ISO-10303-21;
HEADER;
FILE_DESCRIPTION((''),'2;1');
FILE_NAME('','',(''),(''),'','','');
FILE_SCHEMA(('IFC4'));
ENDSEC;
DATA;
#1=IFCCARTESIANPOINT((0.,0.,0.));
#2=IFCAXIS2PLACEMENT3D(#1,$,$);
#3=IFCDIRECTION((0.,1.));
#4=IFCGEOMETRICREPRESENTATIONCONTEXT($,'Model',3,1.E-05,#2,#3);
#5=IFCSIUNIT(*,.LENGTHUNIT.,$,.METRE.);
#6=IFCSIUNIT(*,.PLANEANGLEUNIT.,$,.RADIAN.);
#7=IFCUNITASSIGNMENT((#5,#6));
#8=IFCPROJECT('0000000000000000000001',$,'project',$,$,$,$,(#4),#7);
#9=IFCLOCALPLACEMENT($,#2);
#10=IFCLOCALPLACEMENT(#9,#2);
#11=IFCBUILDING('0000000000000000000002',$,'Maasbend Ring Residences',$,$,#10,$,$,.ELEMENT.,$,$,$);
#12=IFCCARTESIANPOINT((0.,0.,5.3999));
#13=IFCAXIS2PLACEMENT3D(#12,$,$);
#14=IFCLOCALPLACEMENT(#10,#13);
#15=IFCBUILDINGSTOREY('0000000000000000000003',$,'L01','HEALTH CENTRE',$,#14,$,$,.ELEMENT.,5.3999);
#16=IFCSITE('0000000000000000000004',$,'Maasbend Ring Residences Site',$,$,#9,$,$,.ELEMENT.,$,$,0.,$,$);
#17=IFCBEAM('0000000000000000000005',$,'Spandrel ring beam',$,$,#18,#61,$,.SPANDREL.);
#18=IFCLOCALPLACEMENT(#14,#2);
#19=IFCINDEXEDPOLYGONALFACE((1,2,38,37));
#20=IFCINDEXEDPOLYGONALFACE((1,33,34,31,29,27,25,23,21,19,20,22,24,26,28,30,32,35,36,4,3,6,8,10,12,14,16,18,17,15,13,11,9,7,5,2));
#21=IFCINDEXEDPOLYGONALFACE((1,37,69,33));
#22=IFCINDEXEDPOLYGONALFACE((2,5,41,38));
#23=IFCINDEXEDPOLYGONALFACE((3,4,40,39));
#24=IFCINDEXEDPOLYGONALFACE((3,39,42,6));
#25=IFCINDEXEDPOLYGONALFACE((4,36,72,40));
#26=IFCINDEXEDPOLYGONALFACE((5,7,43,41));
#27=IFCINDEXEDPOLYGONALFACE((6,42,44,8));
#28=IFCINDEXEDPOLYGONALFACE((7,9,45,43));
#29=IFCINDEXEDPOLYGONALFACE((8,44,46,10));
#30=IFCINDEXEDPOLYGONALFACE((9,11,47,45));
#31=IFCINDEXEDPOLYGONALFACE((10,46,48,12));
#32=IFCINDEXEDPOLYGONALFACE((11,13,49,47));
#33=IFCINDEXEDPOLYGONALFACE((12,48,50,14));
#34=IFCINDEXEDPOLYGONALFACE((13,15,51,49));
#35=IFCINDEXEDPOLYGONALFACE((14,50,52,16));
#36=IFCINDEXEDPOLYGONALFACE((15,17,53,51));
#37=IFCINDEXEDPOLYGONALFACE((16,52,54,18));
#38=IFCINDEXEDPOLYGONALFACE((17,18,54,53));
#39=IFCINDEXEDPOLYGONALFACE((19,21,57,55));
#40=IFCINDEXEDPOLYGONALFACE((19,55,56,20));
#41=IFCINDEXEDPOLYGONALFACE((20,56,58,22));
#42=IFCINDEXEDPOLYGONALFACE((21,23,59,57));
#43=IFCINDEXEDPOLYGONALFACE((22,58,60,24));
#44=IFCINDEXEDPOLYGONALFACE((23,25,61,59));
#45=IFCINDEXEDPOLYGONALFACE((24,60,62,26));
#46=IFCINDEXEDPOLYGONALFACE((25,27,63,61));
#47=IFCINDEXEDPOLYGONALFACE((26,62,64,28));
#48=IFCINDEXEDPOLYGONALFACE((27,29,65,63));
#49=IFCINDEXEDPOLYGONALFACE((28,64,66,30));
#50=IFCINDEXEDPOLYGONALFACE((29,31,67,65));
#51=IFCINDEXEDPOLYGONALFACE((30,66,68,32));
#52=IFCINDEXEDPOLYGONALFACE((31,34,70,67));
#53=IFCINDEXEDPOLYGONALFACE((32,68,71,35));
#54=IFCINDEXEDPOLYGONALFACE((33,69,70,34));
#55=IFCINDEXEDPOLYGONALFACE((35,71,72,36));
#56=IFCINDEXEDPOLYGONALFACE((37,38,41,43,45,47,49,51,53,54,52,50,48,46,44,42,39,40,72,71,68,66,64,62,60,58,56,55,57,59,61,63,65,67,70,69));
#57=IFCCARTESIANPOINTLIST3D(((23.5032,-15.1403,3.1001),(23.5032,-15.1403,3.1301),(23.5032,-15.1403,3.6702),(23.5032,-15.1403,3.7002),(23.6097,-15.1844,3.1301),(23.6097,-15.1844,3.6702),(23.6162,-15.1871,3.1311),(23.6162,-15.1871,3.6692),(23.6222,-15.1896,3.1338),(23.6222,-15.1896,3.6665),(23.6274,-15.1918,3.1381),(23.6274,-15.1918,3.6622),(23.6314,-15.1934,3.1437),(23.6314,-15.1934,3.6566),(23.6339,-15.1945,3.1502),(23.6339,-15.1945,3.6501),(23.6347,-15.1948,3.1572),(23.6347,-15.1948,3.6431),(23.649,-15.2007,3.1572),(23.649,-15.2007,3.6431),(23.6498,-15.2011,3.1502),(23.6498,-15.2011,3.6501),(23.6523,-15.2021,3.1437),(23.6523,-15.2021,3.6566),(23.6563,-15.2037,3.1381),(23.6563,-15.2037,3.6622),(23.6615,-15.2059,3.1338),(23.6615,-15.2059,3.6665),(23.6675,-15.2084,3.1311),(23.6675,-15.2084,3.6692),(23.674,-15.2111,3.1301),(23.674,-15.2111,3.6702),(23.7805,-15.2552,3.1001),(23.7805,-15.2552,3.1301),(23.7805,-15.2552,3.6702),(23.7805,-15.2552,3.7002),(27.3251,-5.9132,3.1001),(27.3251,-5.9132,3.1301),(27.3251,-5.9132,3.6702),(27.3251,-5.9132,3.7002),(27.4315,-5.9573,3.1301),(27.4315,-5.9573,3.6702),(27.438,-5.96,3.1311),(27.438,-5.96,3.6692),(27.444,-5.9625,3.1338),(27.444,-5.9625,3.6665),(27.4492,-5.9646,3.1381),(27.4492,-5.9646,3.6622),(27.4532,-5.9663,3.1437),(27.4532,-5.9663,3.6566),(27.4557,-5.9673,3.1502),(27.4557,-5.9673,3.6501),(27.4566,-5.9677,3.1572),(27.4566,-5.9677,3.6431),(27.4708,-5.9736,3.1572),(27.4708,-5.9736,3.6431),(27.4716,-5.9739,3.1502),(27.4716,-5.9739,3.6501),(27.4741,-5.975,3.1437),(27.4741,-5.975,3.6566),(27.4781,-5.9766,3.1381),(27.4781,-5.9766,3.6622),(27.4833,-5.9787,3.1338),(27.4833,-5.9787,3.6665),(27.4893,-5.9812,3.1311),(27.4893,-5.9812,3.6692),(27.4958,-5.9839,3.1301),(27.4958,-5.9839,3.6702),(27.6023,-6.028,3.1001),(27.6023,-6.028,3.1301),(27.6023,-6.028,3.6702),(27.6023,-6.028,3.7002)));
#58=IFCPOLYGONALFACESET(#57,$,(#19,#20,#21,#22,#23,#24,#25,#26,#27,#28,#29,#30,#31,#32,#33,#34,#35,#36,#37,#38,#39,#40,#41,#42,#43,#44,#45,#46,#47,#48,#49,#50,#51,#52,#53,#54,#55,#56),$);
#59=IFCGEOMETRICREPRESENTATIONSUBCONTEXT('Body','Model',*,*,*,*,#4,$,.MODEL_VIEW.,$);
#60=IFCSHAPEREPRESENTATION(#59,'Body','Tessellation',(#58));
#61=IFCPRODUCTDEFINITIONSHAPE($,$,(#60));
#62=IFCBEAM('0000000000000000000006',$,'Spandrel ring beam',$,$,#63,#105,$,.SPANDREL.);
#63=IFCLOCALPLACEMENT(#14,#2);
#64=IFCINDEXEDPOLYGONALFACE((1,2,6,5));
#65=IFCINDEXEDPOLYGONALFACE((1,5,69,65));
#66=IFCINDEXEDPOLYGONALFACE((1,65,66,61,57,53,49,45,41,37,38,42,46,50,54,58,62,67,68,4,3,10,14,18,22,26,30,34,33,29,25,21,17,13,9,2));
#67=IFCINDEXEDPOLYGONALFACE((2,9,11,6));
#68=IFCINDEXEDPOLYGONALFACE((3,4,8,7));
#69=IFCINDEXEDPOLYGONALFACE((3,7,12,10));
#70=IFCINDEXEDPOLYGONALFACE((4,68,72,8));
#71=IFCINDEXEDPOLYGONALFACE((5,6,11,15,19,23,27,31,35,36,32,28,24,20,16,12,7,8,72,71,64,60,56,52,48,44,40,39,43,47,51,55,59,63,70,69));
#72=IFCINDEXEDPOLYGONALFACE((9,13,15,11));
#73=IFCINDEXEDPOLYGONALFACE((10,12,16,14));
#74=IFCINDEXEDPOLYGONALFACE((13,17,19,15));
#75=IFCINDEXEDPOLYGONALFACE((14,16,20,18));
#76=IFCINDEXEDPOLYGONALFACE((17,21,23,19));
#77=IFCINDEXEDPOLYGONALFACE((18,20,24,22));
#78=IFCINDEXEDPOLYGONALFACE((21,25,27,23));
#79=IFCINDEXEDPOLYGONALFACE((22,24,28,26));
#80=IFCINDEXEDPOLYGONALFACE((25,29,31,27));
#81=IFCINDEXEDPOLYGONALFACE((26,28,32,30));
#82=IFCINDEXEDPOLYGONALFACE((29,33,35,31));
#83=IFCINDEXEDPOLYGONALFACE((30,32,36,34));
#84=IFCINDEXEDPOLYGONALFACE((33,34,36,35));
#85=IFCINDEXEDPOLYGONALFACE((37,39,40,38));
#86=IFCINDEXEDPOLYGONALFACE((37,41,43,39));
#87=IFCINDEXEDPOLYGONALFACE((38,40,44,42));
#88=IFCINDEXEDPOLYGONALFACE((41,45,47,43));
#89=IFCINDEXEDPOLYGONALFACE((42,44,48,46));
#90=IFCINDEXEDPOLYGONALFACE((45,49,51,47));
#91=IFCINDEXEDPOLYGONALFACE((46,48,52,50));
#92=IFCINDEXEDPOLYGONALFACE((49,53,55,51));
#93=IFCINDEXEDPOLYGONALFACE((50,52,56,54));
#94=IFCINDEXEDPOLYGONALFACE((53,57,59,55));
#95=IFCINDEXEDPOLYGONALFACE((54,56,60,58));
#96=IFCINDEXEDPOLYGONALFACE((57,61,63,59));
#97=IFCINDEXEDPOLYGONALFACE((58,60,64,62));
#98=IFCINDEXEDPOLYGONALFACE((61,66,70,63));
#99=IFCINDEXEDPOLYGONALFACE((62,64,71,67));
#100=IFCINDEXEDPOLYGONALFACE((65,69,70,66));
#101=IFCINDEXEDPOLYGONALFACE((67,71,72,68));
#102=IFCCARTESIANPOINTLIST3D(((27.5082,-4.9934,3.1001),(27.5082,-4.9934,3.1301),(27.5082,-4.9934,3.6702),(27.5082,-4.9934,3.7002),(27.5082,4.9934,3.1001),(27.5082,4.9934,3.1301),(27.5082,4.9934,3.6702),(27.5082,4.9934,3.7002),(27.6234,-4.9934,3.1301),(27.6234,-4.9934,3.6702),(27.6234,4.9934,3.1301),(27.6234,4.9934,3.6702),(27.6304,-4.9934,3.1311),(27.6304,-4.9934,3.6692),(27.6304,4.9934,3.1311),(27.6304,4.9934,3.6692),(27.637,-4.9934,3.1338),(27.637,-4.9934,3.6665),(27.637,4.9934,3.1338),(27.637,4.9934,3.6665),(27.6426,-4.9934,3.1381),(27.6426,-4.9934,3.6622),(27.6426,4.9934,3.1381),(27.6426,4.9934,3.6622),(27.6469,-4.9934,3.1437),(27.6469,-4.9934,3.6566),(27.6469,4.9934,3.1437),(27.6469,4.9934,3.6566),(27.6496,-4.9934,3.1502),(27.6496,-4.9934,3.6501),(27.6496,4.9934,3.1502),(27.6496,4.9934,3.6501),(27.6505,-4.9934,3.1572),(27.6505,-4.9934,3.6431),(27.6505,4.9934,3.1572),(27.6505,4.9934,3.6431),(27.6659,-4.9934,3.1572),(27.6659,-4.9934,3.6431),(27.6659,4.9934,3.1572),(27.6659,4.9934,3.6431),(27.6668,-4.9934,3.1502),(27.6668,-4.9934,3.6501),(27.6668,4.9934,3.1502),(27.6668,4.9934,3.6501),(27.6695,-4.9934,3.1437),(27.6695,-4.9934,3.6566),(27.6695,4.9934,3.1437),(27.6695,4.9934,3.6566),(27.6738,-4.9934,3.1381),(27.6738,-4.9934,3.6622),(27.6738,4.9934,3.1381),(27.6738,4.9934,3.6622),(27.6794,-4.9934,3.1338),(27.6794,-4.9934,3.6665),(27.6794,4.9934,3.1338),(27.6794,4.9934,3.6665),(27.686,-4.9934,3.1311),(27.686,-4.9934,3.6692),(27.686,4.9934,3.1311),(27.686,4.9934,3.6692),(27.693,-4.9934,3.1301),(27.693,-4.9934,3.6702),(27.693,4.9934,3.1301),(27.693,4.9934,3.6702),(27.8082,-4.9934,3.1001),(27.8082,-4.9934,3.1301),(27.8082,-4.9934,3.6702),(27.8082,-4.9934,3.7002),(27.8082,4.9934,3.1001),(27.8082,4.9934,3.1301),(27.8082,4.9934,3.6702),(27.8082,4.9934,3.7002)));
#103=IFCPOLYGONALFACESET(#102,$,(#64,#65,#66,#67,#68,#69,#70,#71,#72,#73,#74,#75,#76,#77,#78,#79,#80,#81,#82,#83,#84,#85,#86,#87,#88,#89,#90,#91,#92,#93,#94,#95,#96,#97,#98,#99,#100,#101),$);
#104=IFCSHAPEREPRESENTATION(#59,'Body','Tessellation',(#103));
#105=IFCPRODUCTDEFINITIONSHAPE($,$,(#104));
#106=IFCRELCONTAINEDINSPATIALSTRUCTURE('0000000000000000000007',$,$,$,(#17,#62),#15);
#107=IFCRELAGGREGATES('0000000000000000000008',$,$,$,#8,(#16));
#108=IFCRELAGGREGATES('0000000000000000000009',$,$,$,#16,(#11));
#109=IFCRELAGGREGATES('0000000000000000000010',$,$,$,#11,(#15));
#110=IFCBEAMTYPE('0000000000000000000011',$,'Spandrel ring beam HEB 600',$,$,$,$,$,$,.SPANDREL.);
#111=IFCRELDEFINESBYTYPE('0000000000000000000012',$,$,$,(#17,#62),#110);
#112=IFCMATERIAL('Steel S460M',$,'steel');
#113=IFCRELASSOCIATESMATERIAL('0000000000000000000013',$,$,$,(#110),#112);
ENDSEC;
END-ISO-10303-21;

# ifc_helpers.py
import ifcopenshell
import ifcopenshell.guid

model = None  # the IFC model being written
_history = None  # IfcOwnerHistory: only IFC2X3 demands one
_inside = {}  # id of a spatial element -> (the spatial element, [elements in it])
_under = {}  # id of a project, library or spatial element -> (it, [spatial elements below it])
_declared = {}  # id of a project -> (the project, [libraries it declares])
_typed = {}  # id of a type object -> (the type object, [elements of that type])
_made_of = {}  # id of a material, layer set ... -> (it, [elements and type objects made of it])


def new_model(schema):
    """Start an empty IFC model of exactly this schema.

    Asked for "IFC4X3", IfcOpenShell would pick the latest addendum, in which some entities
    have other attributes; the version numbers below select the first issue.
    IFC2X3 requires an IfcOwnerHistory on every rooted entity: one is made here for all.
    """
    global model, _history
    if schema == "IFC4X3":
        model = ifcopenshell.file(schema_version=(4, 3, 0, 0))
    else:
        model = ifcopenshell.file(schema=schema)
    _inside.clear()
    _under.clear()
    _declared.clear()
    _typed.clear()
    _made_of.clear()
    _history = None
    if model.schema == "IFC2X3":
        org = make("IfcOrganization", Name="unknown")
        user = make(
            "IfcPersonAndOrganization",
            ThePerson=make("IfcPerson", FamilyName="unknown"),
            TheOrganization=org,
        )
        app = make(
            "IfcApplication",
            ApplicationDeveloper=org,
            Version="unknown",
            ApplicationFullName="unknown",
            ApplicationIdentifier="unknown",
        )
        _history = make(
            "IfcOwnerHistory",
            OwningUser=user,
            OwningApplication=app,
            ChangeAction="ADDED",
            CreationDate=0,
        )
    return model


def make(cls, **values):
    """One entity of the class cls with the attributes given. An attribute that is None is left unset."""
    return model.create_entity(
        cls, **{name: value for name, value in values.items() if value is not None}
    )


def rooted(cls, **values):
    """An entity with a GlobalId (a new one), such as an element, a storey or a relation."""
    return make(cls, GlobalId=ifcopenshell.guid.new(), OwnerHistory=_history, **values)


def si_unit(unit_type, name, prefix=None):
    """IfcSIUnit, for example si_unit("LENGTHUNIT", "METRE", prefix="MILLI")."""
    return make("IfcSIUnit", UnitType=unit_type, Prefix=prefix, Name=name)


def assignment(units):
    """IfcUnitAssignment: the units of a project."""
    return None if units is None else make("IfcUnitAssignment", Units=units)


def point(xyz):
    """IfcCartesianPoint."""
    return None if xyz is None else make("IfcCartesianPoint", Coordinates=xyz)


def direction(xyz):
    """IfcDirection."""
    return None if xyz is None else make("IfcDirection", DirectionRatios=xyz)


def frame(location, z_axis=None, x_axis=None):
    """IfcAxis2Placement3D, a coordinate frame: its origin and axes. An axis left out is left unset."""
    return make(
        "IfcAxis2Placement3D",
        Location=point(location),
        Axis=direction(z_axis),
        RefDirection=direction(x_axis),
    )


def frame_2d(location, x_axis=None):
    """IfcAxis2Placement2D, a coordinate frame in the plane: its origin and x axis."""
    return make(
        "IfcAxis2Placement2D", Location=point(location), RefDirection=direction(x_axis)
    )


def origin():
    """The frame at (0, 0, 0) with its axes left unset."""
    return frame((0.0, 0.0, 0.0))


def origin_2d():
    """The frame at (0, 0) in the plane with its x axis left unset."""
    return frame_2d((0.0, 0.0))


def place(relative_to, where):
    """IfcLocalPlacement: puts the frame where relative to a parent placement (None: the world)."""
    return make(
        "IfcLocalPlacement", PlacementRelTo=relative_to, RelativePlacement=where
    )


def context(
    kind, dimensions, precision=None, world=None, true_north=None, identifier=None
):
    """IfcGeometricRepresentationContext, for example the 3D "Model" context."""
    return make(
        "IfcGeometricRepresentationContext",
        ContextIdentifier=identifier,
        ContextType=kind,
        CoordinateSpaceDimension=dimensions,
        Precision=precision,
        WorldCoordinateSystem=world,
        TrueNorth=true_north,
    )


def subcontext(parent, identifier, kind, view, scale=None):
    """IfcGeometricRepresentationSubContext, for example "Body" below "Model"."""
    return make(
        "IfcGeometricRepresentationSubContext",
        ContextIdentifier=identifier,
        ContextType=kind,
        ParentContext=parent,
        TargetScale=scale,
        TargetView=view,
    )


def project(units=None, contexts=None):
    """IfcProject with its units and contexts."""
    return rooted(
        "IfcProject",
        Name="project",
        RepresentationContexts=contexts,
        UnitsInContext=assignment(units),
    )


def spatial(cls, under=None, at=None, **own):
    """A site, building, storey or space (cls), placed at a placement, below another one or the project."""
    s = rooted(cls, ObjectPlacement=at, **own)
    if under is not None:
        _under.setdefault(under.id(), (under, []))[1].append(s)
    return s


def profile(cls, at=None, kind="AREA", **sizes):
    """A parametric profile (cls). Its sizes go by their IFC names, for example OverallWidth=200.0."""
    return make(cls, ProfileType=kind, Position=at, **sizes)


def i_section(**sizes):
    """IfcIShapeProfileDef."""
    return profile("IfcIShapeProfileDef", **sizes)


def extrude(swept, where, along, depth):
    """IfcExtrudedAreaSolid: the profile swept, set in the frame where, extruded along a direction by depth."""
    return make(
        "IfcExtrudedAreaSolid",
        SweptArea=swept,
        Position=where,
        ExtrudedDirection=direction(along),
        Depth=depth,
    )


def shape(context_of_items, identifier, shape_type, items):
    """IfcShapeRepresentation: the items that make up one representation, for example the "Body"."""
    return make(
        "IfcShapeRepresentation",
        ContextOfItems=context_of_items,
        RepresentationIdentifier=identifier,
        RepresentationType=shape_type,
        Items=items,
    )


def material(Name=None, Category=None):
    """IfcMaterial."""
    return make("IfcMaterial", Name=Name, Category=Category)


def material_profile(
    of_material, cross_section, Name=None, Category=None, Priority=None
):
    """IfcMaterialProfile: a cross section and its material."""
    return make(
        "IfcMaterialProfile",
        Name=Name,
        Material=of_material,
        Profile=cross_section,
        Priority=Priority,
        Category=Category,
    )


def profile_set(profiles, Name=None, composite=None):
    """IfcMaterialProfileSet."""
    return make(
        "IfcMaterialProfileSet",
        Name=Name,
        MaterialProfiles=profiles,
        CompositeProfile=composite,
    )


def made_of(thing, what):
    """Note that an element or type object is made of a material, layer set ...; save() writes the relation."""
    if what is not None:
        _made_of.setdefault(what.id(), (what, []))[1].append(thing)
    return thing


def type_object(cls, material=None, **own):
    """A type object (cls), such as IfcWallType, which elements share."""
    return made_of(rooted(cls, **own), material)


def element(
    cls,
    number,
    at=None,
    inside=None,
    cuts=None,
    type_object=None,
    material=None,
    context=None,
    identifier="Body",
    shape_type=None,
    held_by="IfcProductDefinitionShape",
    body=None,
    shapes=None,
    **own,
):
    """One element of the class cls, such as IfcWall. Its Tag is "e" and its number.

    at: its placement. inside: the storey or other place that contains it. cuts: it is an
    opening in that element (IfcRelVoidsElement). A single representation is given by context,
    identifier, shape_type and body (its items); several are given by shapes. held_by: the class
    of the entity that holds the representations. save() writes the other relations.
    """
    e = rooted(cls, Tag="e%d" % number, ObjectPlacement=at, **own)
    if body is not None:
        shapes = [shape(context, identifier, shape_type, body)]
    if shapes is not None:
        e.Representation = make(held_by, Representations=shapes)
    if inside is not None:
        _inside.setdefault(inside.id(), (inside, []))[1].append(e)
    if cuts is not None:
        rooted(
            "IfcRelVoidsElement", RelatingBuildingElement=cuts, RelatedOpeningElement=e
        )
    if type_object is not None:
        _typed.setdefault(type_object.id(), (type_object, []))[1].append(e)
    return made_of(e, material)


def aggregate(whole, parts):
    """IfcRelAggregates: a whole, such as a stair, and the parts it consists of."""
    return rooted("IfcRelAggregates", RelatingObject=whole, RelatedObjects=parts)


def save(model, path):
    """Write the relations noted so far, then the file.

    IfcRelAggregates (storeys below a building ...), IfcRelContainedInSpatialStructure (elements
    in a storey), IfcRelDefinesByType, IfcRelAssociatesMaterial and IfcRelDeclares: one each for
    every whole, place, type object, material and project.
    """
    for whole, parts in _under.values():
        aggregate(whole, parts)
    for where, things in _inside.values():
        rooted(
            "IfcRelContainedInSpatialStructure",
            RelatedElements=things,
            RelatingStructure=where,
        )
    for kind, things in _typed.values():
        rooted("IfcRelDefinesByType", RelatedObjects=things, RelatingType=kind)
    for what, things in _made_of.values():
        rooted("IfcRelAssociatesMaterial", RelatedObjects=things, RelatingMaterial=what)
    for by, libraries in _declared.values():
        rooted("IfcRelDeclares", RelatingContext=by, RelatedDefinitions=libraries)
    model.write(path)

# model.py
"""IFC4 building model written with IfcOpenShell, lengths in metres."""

from ifc_helpers import new_model, si_unit, direction, frame, origin, origin_2d, place, context, subcontext, project, spatial, i_section, extrude, material, material_profile, profile_set, type_object, element, save


model = new_model("IFC4")

# Units and contexts
model_context = context("Model", 3, precision=1e-05, world=origin(), true_north=direction((0.0, 1.0)))
body_context = subcontext(model_context, "Body", "Model", "MODEL_VIEW")
ifc_project = project(units=[si_unit("LENGTHUNIT", "METRE"), si_unit("PLANEANGLEUNIT", "RADIAN")], contexts=[model_context])

# Site, building, storey
site_placement = place(None, origin())
site = spatial("IfcSite", under=ifc_project, at=site_placement, Name="Maasbend Ring Residences Site", CompositionType="ELEMENT", RefElevation=0.0)
building_placement = place(site_placement, origin())
building = spatial("IfcBuilding", under=site, at=building_placement, Name="Maasbend Ring Residences", CompositionType="ELEMENT")
storey_placement = place(building_placement, frame((0.0, 0.0, 5.3999)))
storey = spatial("IfcBuildingStorey", under=building, at=storey_placement, Name="L01", Description="HEALTH CENTRE", CompositionType="ELEMENT", Elevation=5.3999)

# Beams
ifc_material_1 = material(Name="Steel S460M", Category="steel")
ifc_material_profile_1 = material_profile(ifc_material_1, i_section(OverallWidth=0.3, OverallDepth=0.6001, WebThickness=0.0154, FlangeThickness=0.03, FilletRadius=0.0271, at=origin_2d()), Name="HEB 600")
ifc_profile_set_1 = profile_set([ifc_material_profile_1], Name="Steel S460M")
beam_type = type_object("IfcBeamType", Name="Spandrel ring beam HEB 600", PredefinedType="SPANDREL", material=ifc_profile_set_1)
beam_1_placement = place(storey_placement, frame((23.6418, -15.1978, 3.4001), z_axis=(0.382667, 0.923886, 0.0), x_axis=(-0.923886, 0.382667, 0.0)))
element("IfcBeam", 1, at=beam_1_placement, inside=storey, type_object=beam_type, Name="Spandrel ring beam", PredefinedType="SPANDREL", context=body_context, shape_type="SweptSolid", body=[
    extrude(i_section(OverallWidth=0.3, OverallDepth=0.6001, WebThickness=0.0154, FlangeThickness=0.03, FilletRadius=0.0271, at=origin_2d()), origin(), (0.0, 0.0, 1.0), 9.9873),
])
beam_2_placement = place(storey_placement, frame((27.6582, -4.9934, 3.4001), z_axis=(0.0, 1.0, 0.0), x_axis=(-1.0, 0.0, 0.0)))
element("IfcBeam", 2, at=beam_2_placement, inside=storey, type_object=beam_type, Name="Spandrel ring beam", PredefinedType="SPANDREL", context=body_context, shape_type="SweptSolid", body=[
    extrude(i_section(OverallWidth=0.3, OverallDepth=0.6001, WebThickness=0.0154, FlangeThickness=0.03, FilletRadius=0.0271, at=origin_2d()), origin(), (0.0, 0.0, 1.0), 9.9868),
])

save(model, "model.ifc")
